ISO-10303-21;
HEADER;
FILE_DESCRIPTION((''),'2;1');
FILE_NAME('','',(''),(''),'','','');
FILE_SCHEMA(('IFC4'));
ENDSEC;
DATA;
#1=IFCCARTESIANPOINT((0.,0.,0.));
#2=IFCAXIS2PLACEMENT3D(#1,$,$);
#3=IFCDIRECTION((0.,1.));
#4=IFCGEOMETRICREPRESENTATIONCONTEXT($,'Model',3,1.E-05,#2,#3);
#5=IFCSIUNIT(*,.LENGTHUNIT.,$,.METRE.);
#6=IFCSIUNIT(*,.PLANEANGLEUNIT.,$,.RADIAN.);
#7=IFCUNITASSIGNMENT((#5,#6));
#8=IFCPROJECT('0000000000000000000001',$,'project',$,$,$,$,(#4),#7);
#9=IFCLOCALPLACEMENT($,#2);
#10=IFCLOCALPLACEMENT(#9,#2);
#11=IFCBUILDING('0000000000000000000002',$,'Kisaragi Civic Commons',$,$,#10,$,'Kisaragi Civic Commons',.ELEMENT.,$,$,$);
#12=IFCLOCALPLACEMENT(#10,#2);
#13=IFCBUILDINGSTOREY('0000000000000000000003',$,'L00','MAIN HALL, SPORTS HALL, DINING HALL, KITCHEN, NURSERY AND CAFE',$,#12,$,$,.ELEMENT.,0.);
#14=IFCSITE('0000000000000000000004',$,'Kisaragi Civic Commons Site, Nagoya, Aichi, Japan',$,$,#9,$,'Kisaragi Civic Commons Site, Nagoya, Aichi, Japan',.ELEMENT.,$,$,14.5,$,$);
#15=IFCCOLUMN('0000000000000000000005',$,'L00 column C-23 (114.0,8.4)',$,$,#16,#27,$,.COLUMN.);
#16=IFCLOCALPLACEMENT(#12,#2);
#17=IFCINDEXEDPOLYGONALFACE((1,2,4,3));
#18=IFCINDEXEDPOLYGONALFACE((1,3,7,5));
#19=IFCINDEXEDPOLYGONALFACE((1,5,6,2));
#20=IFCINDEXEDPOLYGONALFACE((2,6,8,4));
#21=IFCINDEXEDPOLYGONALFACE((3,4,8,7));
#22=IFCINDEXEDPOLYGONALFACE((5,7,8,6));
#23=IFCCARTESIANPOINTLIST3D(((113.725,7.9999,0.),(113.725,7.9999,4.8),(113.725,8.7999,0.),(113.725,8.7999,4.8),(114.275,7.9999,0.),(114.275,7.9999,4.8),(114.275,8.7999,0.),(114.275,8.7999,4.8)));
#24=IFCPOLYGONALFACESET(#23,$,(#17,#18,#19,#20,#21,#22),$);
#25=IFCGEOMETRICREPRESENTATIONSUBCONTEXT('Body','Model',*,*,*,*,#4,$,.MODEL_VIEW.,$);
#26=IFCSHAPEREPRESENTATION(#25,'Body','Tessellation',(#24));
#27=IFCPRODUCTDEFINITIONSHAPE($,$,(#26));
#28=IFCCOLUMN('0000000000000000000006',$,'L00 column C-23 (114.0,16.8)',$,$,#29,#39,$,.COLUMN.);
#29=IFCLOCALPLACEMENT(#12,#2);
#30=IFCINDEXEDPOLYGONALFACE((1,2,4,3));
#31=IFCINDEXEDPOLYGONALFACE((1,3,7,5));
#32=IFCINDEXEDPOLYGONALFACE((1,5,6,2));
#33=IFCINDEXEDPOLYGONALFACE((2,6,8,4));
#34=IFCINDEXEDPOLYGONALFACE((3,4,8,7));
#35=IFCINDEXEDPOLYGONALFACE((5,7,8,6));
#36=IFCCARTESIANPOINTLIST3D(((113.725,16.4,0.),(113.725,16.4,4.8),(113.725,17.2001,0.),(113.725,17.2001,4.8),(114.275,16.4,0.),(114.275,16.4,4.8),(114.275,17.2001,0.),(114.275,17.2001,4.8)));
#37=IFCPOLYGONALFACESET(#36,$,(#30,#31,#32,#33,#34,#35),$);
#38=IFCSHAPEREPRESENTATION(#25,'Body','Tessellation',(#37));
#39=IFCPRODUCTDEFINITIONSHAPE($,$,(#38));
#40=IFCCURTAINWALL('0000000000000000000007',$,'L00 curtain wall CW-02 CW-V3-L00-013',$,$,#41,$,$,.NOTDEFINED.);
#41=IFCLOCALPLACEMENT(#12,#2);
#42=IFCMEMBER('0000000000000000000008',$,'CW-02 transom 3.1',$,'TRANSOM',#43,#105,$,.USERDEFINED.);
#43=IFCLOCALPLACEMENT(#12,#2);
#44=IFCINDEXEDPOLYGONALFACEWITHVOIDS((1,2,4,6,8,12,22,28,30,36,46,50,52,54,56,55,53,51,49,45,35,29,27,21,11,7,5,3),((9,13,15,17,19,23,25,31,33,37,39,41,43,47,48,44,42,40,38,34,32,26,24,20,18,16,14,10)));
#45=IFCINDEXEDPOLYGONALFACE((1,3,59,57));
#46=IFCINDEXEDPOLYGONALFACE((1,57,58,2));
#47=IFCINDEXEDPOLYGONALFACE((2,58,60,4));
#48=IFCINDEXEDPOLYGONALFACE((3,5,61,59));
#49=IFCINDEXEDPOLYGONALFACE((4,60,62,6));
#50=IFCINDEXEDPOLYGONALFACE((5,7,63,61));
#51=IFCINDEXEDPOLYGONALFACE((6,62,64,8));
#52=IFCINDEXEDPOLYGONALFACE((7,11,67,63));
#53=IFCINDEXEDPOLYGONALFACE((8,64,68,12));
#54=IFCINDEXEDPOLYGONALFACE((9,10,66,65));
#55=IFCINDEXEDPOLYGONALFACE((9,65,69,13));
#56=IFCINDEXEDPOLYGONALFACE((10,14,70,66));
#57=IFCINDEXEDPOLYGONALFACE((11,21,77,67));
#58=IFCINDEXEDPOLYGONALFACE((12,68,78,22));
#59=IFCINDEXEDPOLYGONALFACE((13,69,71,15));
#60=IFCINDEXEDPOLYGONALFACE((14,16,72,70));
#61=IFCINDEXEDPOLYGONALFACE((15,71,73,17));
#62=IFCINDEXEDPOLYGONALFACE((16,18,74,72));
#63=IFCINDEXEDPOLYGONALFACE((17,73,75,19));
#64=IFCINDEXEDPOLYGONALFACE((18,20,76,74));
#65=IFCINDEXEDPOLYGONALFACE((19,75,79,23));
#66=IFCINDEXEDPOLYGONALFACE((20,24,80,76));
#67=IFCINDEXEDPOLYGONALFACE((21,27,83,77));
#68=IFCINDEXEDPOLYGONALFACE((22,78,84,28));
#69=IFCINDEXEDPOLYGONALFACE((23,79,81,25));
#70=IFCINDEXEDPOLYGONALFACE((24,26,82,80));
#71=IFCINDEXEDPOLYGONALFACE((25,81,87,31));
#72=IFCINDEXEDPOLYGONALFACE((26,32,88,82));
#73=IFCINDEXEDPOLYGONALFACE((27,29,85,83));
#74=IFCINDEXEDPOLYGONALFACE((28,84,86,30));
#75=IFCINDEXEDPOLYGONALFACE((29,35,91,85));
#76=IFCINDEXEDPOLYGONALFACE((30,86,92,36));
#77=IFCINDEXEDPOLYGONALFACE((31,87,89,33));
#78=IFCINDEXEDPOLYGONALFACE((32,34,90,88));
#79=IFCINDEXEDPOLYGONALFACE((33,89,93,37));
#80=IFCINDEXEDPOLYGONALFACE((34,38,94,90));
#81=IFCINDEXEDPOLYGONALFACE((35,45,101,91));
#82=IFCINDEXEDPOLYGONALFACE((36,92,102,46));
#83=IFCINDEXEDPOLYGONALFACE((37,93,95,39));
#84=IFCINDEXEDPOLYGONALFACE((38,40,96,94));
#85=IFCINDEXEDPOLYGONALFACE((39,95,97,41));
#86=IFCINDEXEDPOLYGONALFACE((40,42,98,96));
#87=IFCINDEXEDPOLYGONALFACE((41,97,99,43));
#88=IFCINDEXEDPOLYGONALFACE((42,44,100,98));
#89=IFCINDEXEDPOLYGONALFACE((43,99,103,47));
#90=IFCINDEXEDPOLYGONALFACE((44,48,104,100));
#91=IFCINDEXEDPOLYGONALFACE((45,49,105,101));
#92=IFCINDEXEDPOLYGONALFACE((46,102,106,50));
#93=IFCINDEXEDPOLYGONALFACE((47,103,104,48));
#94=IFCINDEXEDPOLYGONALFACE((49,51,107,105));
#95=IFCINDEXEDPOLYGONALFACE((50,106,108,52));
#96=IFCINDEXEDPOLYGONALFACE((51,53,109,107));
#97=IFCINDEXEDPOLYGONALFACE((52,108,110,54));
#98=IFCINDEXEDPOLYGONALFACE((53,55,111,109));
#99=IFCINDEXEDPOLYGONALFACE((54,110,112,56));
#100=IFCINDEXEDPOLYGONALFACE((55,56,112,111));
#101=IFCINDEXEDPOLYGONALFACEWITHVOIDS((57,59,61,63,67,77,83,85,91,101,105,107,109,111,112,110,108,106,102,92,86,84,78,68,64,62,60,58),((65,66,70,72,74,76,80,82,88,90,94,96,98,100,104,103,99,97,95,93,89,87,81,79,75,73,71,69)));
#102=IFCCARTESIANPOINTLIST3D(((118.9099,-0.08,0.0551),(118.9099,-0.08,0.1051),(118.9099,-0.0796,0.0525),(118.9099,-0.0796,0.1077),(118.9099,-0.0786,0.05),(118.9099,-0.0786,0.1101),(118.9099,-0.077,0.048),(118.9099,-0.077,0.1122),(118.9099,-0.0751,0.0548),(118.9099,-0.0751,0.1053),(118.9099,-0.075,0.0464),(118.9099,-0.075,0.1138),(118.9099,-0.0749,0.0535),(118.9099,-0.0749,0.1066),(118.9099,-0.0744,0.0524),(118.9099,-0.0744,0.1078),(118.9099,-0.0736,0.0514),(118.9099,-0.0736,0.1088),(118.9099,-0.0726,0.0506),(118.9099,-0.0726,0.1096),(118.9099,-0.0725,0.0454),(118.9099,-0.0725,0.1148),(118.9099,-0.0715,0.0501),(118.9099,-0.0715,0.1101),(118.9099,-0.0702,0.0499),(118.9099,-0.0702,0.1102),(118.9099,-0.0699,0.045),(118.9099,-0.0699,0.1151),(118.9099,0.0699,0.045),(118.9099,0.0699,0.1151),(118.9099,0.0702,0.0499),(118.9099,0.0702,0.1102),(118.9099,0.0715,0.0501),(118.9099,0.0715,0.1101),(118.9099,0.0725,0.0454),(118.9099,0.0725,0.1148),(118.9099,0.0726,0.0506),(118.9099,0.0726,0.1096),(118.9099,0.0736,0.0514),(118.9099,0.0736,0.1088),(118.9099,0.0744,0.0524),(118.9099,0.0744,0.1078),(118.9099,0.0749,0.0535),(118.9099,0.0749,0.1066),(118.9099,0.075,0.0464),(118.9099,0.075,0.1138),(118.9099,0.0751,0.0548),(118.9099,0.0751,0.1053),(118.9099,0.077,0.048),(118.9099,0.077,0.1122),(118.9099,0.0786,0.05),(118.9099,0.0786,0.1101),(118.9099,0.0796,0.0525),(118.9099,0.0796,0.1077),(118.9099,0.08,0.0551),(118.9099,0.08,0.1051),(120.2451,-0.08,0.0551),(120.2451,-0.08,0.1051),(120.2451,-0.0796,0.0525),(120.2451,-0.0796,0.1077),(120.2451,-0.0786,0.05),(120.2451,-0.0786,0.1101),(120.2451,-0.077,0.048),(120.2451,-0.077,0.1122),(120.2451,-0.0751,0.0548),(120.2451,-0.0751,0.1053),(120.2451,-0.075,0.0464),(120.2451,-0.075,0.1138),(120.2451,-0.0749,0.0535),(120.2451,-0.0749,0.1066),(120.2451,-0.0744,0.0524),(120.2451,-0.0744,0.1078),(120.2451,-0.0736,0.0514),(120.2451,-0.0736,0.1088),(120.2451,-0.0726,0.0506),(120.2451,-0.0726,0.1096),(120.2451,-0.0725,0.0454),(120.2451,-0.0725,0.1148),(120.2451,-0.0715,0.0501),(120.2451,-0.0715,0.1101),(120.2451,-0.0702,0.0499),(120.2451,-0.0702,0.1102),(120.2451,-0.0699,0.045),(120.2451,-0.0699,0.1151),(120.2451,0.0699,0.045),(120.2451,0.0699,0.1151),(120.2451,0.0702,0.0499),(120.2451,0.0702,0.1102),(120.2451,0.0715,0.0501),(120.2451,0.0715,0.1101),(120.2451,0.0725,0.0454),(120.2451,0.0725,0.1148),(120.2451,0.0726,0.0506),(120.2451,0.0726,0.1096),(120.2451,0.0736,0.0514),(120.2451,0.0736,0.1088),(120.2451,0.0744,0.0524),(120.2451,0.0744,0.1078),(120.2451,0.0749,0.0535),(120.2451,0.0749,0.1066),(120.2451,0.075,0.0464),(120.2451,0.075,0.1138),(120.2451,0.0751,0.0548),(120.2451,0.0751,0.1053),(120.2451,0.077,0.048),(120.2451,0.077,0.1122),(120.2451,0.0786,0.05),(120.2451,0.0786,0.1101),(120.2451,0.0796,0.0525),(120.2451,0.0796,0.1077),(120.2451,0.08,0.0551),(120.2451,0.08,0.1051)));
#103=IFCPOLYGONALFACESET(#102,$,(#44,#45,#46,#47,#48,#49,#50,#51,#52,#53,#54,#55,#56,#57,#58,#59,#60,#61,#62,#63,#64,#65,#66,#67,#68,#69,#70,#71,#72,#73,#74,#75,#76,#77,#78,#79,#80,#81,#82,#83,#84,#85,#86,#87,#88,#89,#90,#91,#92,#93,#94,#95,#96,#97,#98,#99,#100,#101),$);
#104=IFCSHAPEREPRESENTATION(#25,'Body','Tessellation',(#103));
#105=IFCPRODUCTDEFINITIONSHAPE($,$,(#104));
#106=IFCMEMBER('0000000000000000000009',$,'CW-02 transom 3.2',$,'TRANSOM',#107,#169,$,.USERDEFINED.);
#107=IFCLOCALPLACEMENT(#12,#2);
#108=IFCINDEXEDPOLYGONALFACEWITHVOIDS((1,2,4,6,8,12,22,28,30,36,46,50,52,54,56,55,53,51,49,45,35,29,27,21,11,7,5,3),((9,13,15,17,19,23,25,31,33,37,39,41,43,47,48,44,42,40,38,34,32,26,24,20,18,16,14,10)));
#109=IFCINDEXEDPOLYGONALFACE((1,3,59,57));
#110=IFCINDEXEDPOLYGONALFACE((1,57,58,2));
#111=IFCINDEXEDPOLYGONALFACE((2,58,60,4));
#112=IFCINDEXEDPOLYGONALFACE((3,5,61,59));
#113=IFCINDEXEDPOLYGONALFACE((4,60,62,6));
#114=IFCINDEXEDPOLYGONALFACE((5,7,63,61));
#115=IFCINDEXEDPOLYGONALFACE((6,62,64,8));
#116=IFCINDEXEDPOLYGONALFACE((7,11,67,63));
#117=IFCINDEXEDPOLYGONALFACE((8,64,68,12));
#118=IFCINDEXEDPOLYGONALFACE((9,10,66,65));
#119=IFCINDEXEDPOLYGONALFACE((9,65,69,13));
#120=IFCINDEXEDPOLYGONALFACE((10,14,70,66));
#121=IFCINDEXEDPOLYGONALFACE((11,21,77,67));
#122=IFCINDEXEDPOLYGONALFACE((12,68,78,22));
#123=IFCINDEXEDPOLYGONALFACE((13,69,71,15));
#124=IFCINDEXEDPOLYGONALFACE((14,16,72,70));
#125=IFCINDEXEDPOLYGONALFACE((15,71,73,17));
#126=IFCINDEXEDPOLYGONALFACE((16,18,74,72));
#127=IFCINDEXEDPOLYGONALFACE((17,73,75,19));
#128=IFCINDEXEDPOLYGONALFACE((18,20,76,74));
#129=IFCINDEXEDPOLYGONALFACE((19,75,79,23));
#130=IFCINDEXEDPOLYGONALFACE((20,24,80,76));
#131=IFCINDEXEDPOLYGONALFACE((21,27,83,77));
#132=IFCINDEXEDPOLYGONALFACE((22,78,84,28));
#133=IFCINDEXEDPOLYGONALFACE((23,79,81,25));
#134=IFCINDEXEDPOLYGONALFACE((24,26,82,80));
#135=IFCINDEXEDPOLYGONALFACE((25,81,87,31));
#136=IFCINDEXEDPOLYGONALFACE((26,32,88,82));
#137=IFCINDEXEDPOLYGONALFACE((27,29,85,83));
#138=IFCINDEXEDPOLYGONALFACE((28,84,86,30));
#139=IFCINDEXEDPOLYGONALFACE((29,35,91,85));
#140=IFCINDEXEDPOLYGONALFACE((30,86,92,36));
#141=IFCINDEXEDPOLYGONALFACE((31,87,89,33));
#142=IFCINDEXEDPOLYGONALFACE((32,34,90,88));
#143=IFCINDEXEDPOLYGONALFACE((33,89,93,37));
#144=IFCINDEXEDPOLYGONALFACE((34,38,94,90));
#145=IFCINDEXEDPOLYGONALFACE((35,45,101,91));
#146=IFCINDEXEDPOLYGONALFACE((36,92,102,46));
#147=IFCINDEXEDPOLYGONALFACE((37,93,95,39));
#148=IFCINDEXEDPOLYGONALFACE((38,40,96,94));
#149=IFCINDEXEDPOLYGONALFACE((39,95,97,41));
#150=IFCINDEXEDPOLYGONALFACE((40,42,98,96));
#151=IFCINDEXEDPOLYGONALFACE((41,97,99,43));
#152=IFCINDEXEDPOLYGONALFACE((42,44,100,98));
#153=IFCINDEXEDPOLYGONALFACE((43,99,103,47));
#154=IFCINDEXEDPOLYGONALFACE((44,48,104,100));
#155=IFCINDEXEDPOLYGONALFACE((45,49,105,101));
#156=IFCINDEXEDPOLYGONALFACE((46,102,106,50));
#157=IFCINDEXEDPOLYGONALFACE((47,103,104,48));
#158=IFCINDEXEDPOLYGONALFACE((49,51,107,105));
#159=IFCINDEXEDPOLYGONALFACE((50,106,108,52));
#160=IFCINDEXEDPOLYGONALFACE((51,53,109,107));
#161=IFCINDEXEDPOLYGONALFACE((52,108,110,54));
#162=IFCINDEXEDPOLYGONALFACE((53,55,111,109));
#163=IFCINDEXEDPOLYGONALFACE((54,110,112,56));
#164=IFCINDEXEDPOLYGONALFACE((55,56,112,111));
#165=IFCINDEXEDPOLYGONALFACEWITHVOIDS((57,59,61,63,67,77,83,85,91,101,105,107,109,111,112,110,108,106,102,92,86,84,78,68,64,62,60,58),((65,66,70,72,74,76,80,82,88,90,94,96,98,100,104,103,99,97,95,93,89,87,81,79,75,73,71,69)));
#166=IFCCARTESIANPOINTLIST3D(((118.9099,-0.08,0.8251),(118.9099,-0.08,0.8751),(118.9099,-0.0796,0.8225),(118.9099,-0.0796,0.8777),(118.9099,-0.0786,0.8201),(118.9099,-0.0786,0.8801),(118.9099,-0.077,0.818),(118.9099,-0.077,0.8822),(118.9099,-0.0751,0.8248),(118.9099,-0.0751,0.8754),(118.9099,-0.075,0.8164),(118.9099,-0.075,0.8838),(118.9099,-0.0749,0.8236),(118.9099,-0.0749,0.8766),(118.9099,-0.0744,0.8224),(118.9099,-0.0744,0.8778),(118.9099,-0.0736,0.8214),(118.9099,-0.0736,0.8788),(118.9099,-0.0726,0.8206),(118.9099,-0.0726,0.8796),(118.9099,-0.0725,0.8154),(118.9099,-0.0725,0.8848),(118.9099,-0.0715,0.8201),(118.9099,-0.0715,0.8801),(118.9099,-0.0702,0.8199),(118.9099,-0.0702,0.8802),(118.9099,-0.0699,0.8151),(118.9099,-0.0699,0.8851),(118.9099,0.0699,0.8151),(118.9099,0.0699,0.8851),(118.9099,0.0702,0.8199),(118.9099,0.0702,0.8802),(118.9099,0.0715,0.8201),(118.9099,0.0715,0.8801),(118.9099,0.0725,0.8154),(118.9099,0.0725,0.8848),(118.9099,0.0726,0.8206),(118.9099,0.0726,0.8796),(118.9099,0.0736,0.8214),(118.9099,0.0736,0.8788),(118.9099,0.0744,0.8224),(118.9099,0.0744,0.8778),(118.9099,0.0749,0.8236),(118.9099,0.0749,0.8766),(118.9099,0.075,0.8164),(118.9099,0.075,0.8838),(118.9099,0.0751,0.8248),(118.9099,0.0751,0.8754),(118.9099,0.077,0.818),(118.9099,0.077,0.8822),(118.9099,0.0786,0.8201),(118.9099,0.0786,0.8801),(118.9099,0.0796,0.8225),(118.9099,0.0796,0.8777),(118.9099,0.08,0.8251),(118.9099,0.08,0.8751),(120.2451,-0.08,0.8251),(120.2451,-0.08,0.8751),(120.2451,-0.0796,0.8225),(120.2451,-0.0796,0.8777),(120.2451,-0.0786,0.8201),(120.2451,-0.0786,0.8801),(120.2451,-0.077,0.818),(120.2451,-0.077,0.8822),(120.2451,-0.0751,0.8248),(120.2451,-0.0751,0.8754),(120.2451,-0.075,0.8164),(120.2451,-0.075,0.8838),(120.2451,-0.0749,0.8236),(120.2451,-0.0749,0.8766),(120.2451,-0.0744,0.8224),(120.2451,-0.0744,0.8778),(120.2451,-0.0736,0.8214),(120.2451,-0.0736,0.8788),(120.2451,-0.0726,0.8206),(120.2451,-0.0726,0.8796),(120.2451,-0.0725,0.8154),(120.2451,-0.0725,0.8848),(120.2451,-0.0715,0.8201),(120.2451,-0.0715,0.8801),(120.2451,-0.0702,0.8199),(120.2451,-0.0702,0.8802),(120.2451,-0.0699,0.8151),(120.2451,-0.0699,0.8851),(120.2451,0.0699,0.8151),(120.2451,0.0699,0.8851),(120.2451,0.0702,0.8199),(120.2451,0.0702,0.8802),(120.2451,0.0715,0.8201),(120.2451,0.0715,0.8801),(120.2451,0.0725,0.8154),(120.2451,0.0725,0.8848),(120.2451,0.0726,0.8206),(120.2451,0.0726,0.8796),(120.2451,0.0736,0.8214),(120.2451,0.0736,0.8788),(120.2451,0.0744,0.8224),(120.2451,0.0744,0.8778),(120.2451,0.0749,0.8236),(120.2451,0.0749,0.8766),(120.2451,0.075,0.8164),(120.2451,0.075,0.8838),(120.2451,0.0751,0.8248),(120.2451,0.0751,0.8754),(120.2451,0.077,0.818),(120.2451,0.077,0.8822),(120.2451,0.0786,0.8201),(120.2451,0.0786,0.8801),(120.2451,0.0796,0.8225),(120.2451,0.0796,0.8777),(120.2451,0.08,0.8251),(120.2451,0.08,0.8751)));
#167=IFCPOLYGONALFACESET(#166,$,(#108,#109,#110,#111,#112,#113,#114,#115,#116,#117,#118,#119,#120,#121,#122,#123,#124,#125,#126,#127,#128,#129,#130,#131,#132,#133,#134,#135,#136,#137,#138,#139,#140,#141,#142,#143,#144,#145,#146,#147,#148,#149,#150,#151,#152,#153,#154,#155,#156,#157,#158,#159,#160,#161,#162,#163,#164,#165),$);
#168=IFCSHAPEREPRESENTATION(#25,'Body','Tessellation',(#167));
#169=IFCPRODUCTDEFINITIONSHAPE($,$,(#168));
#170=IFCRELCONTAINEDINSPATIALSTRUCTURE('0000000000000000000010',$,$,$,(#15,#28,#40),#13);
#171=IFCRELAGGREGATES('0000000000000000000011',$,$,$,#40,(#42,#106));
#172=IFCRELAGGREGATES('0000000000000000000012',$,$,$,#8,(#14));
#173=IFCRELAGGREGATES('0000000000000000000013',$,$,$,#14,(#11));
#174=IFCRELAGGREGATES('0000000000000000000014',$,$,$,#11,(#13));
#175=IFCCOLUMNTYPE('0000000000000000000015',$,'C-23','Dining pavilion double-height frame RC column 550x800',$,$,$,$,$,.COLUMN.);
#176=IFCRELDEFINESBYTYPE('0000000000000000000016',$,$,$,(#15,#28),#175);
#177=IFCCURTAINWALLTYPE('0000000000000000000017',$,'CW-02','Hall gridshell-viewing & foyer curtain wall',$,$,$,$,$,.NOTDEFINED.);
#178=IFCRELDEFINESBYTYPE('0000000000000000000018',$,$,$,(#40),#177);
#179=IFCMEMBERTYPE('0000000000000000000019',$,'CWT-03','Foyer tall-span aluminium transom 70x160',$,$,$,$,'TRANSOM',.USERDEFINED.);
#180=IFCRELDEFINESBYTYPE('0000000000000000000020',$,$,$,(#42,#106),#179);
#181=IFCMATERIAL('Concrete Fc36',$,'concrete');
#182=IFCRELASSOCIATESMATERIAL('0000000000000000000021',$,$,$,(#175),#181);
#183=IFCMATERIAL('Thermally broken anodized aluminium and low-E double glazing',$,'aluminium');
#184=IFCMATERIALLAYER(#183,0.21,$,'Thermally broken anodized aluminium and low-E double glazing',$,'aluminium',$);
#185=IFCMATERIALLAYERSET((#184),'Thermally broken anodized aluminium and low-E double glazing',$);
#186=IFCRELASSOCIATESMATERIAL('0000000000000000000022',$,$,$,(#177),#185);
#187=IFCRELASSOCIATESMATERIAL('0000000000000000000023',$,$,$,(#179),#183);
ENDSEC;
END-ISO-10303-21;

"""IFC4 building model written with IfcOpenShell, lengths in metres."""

from ifc_helpers import new_model, si_unit, direction, frame, origin, origin_2d, place, context, subcontext, project, spatial, rectangle, hollow_rectangle, extrude, material, layer, layer_set, material_profile, profile_set, type_object, element, aggregate, save


model = new_model("IFC4")

# Units and contexts
model_context = context("Model", 3, precision=1e-05, world=origin(), true_north=direction((0.0, 1.0)))
body_context = subcontext(model_context, "Body", "Model", "MODEL_VIEW")
ifc_project = project(units=[si_unit("LENGTHUNIT", "METRE"), si_unit("PLANEANGLEUNIT", "RADIAN")], contexts=[model_context])

# Site, building, storey
site_placement = place(None, origin())
site = spatial("IfcSite", under=ifc_project, at=site_placement, Name="Kisaragi Civic Commons Site, Nagoya, Aichi, Japan", LongName="Kisaragi Civic Commons Site, Nagoya, Aichi, Japan", CompositionType="ELEMENT", RefElevation=14.5)
building_placement = place(site_placement, origin())
building = spatial("IfcBuilding", under=site, at=building_placement, Name="Kisaragi Civic Commons", LongName="Kisaragi Civic Commons", CompositionType="ELEMENT")
storey_placement = place(building_placement, origin())
storey = spatial("IfcBuildingStorey", under=building, at=storey_placement, Name="L00", Description="MAIN HALL, SPORTS HALL, DINING HALL, KITCHEN, NURSERY AND CAFE", CompositionType="ELEMENT", Elevation=0.0)

# Columns
ifc_material_1 = material(Name="Concrete Fc36", Category="concrete")
ifc_material_profile_1 = material_profile(ifc_material_1, rectangle(XDim=0.55, YDim=0.8, at=origin_2d()), Name="RC-550x800", Category="concrete")
ifc_profile_set_1 = profile_set([ifc_material_profile_1], Name="Concrete Fc36")
column_type_1 = type_object("IfcColumnType", Name="C-23", Description="Dining pavilion double-height frame RC column 550x800", PredefinedType="COLUMN", material=ifc_profile_set_1)
for number, where, z_axis, x_axis, name in (
    (1, (114.0, 8.3999, 0.0), (0.0, 0.0, 1.0), (1.0, 0.0, 0.0), "L00 column C-23 (114.0,8.4)"),
    (2, (114.0, 16.8, 0.0), (0.0, 0.0, 1.0), (1.0, 0.0, 0.0), "L00 column C-23 (114.0,16.8)"),
):
    element("IfcColumn", number, at=place(storey_placement, frame(where, z_axis=z_axis, x_axis=x_axis)), inside=storey, type_object=column_type_1, Name=name, PredefinedType="COLUMN", context=body_context, shape_type="SweptSolid", body=[
        extrude(rectangle(XDim=0.55, YDim=0.8, at=origin_2d()), origin(), (0.0, 0.0, 1.0), 4.8),
    ])

# Curtain wall, members
ifc_material_2 = material(Name="Thermally broken anodized aluminium and low-E double glazing", Category="aluminium")
ifc_layer_1 = layer(ifc_material_2, 0.21, Name="Thermally broken anodized aluminium and low-E double glazing", Category="aluminium")
ifc_layer_set_1 = layer_set([ifc_layer_1], Name="Thermally broken anodized aluminium and low-E double glazing")
curtain_wall_type = type_object("IfcCurtainWallType", Name="CW-02", Description="Hall gridshell-viewing & foyer curtain wall", PredefinedType="NOTDEFINED", material=ifc_layer_set_1)
curtain_wall_placement = place(storey_placement, origin())
curtain_wall = element("IfcCurtainWall", 3, at=curtain_wall_placement, inside=storey, type_object=curtain_wall_type, Name="L00 curtain wall CW-02 CW-V3-L00-013", PredefinedType="NOTDEFINED")
ifc_material_profile_2 = material_profile(ifc_material_2, hollow_rectangle(XDim=0.1599, YDim=0.0701, WallThickness=0.0049, InnerFilletRadius=0.0049, OuterFilletRadius=0.01, at=origin_2d()), Name="CWT-70x160x5", Category="aluminium")
ifc_profile_set_2 = profile_set([ifc_material_profile_2], Name="Thermally broken anodized aluminium and low-E double glazing")
member_type = type_object("IfcMemberType", Name="CWT-03", Description="Foyer tall-span aluminium transom 70x160", ElementType="TRANSOM", PredefinedType="USERDEFINED", material=ifc_profile_set_2)
member_1_placement = place(storey_placement, frame((120.2451, 0.0, 0.0801), z_axis=(-1.0, 0.0, 0.0), x_axis=(0.0, -1.0, 0.0)))
member_1 = element("IfcMember", 4, at=member_1_placement, type_object=member_type, Name="CW-02 transom 3.1", ObjectType="TRANSOM", PredefinedType="USERDEFINED", context=body_context, shape_type="SweptSolid", body=[
    extrude(hollow_rectangle(XDim=0.1599, YDim=0.0701, WallThickness=0.0049, InnerFilletRadius=0.0049, OuterFilletRadius=0.01, at=origin_2d()), origin(), (0.0, 0.0, 1.0), 1.3352),
])
member_2_placement = place(storey_placement, frame((120.2451, 0.0, 0.8501), z_axis=(-1.0, 0.0, 0.0), x_axis=(0.0, -1.0, 0.0)))
member_2 = element("IfcMember", 5, at=member_2_placement, type_object=member_type, Name="CW-02 transom 3.2", ObjectType="TRANSOM", PredefinedType="USERDEFINED", context=body_context, shape_type="SweptSolid", body=[
    extrude(hollow_rectangle(XDim=0.1599, YDim=0.0701, WallThickness=0.0049, InnerFilletRadius=0.0049, OuterFilletRadius=0.01, at=origin_2d()), origin(), (0.0, 0.0, 1.0), 1.3352),
])
aggregate(curtain_wall, [member_1, member_2])

save(model, "model.ifc")
